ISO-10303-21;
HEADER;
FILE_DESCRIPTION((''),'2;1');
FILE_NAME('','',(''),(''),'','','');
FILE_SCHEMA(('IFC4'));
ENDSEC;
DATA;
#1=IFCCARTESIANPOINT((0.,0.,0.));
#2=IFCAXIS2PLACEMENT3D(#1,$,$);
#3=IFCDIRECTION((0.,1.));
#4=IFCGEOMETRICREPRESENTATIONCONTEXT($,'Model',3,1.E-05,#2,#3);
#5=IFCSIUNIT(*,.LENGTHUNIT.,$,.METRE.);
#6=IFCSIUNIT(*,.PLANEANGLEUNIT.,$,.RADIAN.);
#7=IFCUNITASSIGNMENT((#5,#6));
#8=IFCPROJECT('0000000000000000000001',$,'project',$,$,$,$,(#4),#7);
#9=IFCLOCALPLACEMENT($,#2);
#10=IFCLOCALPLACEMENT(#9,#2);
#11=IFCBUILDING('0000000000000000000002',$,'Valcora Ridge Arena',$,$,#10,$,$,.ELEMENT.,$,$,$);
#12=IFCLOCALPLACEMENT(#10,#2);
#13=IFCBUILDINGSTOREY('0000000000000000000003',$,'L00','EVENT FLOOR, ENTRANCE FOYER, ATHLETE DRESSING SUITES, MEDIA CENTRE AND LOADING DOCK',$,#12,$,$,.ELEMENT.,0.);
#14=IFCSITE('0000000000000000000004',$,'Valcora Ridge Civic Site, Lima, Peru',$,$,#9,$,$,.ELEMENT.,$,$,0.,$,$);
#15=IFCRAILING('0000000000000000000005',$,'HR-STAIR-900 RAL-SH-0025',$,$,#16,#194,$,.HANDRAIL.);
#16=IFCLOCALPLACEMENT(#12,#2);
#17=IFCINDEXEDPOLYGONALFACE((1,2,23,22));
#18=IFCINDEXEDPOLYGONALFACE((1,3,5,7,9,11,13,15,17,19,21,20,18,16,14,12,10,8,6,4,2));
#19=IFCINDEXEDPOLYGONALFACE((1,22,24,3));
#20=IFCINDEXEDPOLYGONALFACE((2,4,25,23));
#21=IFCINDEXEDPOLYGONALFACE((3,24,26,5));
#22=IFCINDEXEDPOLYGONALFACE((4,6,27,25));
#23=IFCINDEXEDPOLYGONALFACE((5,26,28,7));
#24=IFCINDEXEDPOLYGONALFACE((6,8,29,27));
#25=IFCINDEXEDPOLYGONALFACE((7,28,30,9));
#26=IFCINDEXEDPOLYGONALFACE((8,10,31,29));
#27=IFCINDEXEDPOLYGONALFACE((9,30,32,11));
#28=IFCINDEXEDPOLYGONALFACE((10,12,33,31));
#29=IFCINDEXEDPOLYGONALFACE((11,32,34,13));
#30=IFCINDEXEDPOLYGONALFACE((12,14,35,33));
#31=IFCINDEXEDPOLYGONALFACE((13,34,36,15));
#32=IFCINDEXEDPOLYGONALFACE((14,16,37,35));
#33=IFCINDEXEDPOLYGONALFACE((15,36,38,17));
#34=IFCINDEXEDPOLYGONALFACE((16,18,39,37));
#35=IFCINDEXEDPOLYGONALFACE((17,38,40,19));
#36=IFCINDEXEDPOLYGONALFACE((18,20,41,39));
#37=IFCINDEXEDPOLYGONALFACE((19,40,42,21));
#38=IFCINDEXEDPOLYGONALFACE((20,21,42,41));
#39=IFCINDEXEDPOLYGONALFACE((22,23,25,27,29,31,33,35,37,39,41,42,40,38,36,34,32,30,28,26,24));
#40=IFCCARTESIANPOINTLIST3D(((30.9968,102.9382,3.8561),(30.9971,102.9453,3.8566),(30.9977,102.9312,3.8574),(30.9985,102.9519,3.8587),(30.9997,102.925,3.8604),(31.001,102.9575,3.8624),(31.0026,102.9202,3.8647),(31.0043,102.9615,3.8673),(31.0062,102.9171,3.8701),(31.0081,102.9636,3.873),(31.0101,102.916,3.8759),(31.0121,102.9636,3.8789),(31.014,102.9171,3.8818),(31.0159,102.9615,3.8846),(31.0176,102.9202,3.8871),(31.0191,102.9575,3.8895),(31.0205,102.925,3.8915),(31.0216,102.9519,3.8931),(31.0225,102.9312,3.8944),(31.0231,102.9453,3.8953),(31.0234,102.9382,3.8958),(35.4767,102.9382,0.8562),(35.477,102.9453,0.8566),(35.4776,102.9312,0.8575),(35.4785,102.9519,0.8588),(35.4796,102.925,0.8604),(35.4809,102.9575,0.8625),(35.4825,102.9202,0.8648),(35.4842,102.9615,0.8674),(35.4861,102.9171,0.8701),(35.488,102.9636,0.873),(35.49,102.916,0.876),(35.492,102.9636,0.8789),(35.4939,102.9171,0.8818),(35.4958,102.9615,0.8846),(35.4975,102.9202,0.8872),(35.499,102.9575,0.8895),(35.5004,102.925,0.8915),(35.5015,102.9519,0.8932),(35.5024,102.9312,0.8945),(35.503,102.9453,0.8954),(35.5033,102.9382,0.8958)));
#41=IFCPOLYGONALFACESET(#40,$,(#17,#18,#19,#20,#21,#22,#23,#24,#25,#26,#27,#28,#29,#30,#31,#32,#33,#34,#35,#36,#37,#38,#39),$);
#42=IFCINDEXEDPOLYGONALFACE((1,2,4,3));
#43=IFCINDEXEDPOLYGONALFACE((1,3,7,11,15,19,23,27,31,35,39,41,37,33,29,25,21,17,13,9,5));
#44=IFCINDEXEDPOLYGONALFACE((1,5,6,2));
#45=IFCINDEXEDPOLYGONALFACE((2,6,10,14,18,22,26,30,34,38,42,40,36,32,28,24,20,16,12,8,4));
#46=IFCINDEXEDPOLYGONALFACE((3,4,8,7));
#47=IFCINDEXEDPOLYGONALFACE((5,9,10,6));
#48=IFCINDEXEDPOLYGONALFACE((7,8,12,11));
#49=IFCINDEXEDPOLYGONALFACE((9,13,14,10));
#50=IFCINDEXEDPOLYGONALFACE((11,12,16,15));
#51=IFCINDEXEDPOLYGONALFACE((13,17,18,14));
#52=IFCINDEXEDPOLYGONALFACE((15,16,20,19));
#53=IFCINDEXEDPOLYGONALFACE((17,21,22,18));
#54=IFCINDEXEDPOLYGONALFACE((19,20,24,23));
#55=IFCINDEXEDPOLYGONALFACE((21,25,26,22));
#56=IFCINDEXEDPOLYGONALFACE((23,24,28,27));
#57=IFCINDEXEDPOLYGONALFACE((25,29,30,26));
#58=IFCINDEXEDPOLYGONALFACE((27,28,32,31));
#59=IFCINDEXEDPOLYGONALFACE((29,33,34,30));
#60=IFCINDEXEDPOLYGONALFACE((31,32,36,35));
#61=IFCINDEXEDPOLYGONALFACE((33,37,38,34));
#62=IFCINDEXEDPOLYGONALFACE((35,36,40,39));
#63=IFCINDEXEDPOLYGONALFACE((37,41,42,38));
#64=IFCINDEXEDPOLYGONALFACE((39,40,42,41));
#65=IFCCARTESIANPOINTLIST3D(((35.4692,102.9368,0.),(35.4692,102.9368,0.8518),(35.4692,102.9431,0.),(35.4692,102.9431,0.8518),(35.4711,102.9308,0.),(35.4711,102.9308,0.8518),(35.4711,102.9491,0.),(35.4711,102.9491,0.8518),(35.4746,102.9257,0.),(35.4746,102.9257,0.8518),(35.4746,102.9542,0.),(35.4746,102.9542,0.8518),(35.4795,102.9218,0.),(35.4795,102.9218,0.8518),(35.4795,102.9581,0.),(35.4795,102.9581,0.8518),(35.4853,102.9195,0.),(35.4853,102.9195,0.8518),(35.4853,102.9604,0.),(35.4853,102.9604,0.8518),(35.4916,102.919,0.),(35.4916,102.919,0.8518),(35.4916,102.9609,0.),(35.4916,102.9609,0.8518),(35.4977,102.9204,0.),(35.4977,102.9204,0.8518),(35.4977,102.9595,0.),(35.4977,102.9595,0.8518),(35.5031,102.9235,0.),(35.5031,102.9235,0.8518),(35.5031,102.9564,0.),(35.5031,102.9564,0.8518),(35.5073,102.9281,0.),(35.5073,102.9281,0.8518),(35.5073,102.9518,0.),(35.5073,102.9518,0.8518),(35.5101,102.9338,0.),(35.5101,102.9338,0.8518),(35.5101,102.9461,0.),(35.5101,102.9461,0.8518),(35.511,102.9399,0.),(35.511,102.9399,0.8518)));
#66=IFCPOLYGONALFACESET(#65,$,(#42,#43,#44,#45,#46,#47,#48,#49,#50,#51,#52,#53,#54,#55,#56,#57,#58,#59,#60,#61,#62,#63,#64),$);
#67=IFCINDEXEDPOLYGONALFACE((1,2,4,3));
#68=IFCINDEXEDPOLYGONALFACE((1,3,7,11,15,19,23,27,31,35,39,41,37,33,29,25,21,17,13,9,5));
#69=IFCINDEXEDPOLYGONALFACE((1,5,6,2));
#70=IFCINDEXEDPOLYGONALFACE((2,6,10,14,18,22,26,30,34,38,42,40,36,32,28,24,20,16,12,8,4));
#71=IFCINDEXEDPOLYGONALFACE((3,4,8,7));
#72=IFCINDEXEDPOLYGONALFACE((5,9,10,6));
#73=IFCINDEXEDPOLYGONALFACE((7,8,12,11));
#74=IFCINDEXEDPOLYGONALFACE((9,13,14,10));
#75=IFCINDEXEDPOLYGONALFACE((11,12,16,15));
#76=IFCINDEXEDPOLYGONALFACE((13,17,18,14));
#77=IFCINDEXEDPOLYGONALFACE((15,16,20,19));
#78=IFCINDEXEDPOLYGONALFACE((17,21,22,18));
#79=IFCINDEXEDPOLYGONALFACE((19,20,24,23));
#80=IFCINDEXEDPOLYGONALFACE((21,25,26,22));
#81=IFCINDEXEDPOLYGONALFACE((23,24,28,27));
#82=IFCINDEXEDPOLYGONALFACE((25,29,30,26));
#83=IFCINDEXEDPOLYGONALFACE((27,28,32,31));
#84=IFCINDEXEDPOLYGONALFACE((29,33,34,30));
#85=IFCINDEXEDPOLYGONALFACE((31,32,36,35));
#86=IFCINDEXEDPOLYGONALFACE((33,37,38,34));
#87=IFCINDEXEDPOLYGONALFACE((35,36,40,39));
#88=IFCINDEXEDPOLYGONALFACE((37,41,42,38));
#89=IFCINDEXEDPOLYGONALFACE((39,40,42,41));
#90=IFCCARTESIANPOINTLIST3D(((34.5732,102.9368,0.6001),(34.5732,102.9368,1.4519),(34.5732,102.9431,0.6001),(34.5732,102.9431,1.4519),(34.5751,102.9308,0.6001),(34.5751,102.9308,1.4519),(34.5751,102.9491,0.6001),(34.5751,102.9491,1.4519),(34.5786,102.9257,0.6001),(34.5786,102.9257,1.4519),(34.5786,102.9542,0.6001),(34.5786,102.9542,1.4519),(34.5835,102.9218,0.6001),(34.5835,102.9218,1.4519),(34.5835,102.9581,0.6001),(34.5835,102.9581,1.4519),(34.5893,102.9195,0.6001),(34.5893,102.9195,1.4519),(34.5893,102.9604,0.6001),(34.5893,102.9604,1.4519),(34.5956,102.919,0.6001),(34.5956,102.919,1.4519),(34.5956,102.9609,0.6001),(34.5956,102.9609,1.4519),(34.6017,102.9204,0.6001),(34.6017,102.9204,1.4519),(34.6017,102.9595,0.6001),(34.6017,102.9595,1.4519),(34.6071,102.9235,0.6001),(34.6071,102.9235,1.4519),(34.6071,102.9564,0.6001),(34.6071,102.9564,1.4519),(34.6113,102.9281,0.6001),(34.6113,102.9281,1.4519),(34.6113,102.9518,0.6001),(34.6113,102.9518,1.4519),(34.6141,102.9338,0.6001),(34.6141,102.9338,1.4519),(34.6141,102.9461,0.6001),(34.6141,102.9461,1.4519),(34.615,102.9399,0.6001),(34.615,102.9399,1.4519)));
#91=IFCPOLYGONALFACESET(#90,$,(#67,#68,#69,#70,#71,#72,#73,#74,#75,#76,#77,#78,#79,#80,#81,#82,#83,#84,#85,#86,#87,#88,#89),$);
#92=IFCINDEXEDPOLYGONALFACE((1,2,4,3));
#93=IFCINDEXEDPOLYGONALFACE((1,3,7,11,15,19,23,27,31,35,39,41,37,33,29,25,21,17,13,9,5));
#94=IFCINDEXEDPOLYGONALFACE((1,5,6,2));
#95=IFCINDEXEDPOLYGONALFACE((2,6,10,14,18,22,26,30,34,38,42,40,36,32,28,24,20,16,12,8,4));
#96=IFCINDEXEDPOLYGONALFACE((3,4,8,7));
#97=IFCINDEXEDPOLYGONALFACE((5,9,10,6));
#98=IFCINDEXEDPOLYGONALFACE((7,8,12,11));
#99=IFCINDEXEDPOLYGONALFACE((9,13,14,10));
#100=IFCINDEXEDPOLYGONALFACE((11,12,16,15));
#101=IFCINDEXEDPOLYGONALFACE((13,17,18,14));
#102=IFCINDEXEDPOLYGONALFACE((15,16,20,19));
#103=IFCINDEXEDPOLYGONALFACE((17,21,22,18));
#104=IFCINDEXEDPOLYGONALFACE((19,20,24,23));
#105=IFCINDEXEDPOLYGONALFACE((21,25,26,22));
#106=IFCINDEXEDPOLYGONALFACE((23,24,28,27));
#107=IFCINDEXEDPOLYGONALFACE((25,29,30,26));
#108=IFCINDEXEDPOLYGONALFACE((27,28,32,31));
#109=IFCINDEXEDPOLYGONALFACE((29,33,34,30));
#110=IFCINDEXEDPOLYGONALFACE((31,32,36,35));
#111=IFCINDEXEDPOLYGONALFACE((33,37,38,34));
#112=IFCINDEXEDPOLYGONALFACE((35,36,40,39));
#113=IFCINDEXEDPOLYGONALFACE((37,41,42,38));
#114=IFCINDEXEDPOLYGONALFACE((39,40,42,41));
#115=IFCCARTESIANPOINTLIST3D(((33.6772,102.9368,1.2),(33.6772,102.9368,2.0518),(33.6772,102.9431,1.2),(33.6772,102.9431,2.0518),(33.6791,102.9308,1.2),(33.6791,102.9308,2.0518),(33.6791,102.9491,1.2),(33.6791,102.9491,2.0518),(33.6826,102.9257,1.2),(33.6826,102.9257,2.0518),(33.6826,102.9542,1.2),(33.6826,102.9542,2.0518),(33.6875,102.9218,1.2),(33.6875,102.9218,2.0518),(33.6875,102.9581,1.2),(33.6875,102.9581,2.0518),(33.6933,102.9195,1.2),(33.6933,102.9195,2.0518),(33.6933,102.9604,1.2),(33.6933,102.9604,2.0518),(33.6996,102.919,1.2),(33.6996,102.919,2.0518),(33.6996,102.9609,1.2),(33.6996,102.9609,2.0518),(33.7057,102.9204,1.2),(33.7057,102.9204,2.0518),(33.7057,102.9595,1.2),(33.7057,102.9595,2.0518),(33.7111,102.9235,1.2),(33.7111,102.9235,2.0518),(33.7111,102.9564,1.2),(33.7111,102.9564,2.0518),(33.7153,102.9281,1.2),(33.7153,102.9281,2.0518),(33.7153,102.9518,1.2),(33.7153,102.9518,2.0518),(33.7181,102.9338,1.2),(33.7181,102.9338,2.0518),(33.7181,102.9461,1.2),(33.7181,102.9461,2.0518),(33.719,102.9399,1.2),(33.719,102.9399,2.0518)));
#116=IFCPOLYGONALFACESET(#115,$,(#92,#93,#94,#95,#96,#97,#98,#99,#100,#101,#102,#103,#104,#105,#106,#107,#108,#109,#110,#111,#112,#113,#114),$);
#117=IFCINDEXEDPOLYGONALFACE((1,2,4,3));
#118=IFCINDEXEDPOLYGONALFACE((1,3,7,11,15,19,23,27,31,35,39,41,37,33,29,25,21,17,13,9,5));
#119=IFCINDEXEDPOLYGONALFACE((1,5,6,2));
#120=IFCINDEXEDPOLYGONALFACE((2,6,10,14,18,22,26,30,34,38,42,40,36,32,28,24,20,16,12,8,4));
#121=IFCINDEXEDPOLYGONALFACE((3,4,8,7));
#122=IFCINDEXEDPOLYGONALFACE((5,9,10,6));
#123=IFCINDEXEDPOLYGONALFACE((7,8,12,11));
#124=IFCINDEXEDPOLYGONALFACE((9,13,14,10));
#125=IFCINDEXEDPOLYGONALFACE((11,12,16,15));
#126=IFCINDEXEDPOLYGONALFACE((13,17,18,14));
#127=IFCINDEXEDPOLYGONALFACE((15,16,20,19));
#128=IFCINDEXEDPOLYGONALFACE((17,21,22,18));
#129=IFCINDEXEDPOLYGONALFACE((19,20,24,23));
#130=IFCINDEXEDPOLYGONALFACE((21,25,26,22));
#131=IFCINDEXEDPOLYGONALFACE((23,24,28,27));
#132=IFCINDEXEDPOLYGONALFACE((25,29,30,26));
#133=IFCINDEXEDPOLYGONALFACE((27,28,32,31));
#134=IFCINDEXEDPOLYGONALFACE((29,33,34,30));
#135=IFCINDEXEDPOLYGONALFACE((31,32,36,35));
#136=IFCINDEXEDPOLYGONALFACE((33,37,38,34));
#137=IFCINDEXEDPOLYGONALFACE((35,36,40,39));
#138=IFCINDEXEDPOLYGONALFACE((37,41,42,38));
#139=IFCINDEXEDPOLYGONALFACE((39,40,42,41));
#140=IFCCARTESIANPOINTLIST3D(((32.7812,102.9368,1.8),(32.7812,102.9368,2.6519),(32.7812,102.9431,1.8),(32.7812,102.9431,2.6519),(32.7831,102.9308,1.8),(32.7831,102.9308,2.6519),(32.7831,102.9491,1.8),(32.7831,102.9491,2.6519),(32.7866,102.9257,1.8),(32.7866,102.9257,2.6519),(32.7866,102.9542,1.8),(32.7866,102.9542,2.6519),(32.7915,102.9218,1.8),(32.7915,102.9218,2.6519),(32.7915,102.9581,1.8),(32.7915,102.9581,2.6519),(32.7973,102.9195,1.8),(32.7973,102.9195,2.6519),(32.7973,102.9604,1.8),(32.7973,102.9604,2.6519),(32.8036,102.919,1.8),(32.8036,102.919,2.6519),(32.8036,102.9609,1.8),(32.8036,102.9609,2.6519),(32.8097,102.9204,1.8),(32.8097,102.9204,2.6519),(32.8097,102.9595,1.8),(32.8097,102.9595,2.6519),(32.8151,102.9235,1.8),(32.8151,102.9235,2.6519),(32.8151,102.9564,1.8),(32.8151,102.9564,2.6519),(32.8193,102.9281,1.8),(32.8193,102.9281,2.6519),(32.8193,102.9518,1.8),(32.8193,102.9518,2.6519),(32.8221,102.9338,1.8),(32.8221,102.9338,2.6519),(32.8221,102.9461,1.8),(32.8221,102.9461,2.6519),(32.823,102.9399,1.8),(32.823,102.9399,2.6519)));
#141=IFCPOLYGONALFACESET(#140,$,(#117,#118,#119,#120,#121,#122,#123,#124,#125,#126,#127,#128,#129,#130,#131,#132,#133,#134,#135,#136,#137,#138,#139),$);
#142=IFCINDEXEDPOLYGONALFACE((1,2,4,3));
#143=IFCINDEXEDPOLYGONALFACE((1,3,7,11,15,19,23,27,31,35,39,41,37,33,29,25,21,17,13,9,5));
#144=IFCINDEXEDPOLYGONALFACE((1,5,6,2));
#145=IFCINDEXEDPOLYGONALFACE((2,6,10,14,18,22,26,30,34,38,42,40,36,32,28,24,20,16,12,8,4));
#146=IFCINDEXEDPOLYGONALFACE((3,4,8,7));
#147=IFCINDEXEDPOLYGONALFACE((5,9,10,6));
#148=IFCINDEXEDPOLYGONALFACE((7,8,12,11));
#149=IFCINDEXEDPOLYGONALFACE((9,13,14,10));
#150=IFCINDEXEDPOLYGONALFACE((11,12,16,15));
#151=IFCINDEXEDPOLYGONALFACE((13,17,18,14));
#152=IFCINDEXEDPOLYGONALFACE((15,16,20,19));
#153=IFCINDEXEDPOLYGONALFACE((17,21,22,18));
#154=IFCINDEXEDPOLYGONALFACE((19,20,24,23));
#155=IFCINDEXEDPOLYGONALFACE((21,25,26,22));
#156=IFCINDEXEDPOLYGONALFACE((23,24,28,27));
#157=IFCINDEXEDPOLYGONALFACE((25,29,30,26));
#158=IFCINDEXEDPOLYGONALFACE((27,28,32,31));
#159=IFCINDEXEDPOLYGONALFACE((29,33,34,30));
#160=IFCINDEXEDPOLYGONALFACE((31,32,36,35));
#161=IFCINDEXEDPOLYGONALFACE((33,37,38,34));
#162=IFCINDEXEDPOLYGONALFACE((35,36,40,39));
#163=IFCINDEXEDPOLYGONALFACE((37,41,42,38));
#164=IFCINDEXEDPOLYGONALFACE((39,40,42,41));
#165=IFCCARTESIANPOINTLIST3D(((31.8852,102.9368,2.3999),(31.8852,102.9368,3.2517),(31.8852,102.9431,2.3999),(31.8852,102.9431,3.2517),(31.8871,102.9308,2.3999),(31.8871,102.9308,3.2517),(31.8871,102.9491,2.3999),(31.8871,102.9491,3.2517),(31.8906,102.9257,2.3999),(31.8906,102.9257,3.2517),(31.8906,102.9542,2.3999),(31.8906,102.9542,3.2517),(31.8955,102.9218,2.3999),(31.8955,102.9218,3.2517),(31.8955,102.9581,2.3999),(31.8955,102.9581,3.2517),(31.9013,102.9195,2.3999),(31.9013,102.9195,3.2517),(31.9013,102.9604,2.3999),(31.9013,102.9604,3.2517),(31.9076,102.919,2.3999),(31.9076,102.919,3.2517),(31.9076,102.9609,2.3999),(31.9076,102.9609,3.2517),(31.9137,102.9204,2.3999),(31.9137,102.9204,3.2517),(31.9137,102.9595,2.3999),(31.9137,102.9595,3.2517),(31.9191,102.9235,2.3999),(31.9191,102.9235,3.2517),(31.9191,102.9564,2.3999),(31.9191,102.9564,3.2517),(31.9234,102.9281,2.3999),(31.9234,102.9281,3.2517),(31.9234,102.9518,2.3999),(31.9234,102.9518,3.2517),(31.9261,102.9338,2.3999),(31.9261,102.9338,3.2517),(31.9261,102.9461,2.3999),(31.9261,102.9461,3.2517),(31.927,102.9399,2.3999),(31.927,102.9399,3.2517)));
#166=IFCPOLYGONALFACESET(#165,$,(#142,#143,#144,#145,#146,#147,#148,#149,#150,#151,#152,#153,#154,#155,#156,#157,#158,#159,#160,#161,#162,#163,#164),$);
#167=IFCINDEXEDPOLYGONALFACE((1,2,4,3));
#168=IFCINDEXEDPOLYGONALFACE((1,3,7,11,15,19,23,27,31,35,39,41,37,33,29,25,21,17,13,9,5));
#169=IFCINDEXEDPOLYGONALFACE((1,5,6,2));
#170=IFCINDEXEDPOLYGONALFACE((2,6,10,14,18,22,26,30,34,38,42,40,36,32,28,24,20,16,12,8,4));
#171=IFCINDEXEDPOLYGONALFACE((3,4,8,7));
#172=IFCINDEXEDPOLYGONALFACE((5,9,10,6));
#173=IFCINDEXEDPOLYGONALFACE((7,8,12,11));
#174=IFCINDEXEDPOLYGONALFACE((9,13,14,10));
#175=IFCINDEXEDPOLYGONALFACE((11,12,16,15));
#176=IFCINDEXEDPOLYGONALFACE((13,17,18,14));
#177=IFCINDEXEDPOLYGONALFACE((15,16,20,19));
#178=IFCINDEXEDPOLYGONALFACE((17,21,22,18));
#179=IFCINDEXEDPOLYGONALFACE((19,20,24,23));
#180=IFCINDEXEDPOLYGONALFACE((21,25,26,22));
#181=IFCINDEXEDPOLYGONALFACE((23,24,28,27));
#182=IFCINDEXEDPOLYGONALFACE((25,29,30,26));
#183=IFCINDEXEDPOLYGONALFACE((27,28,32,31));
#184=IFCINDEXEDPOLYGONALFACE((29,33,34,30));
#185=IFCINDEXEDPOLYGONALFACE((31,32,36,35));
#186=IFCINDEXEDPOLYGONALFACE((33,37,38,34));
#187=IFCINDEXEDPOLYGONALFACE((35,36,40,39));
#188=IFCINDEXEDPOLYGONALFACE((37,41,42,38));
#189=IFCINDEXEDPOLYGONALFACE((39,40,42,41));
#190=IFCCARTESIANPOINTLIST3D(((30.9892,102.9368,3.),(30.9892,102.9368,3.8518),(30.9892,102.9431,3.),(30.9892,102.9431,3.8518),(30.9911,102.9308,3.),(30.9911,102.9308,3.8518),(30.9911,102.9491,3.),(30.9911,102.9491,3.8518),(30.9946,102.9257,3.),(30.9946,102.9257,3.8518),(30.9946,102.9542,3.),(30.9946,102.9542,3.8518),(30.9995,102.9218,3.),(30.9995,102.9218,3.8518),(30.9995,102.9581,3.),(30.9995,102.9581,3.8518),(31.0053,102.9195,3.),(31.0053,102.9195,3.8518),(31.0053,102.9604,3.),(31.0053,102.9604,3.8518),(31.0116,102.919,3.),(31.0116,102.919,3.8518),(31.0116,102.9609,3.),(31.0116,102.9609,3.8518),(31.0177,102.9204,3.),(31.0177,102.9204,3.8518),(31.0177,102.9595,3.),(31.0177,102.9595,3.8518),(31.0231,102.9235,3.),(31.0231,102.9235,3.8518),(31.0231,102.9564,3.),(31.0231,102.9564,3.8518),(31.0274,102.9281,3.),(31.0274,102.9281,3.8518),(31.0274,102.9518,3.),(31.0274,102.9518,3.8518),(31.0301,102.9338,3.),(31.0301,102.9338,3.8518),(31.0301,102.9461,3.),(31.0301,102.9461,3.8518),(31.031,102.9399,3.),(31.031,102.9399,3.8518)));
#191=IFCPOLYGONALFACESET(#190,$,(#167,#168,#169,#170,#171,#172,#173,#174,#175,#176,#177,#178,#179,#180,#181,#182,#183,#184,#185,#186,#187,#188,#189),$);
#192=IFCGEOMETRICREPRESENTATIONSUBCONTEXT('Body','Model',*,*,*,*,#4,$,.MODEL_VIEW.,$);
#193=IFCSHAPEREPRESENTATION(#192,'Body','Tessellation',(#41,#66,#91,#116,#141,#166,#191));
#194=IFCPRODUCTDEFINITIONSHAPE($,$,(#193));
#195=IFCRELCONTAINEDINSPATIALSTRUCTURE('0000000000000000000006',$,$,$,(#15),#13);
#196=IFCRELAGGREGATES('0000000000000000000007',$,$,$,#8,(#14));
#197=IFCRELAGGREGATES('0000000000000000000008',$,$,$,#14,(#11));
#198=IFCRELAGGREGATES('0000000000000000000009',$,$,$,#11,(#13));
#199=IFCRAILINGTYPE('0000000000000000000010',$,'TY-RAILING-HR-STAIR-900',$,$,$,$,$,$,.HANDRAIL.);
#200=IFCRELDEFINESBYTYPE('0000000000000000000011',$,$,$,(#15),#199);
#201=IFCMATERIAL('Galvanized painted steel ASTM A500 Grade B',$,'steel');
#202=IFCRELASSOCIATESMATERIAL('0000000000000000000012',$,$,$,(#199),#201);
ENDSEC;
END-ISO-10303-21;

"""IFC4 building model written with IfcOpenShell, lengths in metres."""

from ifc_helpers import new_model, si_unit, direction, frame, origin, origin_2d, place, context, subcontext, project, spatial, circle, extrude, material, type_object, element, save


model = new_model("IFC4")

# Units and contexts
model_context = context("Model", 3, precision=1e-05, world=origin(), true_north=direction((0.0, 1.0)))
body_context = subcontext(model_context, "Body", "Model", "MODEL_VIEW")
ifc_project = project(units=[si_unit("LENGTHUNIT", "METRE"), si_unit("PLANEANGLEUNIT", "RADIAN")], contexts=[model_context])

# Site, building, storey
site_placement = place(None, origin())
site = spatial("IfcSite", under=ifc_project, at=site_placement, Name="Valcora Ridge Civic Site, Lima, Peru", CompositionType="ELEMENT", RefElevation=0.0)
building_placement = place(site_placement, origin())
building = spatial("IfcBuilding", under=site, at=building_placement, Name="Valcora Ridge Arena", CompositionType="ELEMENT")
storey_placement = place(building_placement, origin())
storey = spatial("IfcBuildingStorey", under=building, at=storey_placement, Name="L00", Description="EVENT FLOOR, ENTRANCE FOYER, ATHLETE DRESSING SUITES, MEDIA CENTRE AND LOADING DOCK", CompositionType="ELEMENT", Elevation=0.0)

# Railing
ifc_material_1 = material(Name="Galvanized painted steel ASTM A500 Grade B", Category="steel")
railing_type_1 = type_object("IfcRailingType", Name="TY-RAILING-HR-STAIR-900", PredefinedType="HANDRAIL", material=ifc_material_1)
railing_1_placement = place(storey_placement, frame((35.49, 102.9399, 0.0)))
element("IfcRailing", 1, at=railing_1_placement, inside=storey, type_object=railing_type_1, Name="HR-STAIR-900 RAL-SH-0025", PredefinedType="HANDRAIL", context=body_context, shape_type="SweptSolid", body=[
    extrude(circle(Radius=0.0239, at=origin_2d()), frame((0.0, 0.0, 0.876), z_axis=(-0.830906, 0.0, 0.556413), x_axis=(0.0, -1.0, 0.0)), (0.0, 0.0, 1.0), 5.3916),
    extrude(circle(Radius=0.021, at=origin_2d()), origin(), (0.0, 0.0, 1.0), 0.8518),
    extrude(circle(Radius=0.021, at=origin_2d()), frame((-0.896, 0.0, 0.6001)), (0.0, 0.0, 1.0), 0.8518),
    extrude(circle(Radius=0.021, at=origin_2d()), frame((-1.792, 0.0, 1.2)), (0.0, 0.0, 1.0), 0.8518),
    extrude(circle(Radius=0.021, at=origin_2d()), frame((-2.688, 0.0, 1.8)), (0.0, 0.0, 1.0), 0.8518),
    extrude(circle(Radius=0.021, at=origin_2d()), frame((-3.584, 0.0, 2.3999)), (0.0, 0.0, 1.0), 0.8518),
    extrude(circle(Radius=0.021, at=origin_2d()), frame((-4.48, 0.0, 3.0)), (0.0, 0.0, 1.0), 0.8518),
])

save(model, "model.ifc")
